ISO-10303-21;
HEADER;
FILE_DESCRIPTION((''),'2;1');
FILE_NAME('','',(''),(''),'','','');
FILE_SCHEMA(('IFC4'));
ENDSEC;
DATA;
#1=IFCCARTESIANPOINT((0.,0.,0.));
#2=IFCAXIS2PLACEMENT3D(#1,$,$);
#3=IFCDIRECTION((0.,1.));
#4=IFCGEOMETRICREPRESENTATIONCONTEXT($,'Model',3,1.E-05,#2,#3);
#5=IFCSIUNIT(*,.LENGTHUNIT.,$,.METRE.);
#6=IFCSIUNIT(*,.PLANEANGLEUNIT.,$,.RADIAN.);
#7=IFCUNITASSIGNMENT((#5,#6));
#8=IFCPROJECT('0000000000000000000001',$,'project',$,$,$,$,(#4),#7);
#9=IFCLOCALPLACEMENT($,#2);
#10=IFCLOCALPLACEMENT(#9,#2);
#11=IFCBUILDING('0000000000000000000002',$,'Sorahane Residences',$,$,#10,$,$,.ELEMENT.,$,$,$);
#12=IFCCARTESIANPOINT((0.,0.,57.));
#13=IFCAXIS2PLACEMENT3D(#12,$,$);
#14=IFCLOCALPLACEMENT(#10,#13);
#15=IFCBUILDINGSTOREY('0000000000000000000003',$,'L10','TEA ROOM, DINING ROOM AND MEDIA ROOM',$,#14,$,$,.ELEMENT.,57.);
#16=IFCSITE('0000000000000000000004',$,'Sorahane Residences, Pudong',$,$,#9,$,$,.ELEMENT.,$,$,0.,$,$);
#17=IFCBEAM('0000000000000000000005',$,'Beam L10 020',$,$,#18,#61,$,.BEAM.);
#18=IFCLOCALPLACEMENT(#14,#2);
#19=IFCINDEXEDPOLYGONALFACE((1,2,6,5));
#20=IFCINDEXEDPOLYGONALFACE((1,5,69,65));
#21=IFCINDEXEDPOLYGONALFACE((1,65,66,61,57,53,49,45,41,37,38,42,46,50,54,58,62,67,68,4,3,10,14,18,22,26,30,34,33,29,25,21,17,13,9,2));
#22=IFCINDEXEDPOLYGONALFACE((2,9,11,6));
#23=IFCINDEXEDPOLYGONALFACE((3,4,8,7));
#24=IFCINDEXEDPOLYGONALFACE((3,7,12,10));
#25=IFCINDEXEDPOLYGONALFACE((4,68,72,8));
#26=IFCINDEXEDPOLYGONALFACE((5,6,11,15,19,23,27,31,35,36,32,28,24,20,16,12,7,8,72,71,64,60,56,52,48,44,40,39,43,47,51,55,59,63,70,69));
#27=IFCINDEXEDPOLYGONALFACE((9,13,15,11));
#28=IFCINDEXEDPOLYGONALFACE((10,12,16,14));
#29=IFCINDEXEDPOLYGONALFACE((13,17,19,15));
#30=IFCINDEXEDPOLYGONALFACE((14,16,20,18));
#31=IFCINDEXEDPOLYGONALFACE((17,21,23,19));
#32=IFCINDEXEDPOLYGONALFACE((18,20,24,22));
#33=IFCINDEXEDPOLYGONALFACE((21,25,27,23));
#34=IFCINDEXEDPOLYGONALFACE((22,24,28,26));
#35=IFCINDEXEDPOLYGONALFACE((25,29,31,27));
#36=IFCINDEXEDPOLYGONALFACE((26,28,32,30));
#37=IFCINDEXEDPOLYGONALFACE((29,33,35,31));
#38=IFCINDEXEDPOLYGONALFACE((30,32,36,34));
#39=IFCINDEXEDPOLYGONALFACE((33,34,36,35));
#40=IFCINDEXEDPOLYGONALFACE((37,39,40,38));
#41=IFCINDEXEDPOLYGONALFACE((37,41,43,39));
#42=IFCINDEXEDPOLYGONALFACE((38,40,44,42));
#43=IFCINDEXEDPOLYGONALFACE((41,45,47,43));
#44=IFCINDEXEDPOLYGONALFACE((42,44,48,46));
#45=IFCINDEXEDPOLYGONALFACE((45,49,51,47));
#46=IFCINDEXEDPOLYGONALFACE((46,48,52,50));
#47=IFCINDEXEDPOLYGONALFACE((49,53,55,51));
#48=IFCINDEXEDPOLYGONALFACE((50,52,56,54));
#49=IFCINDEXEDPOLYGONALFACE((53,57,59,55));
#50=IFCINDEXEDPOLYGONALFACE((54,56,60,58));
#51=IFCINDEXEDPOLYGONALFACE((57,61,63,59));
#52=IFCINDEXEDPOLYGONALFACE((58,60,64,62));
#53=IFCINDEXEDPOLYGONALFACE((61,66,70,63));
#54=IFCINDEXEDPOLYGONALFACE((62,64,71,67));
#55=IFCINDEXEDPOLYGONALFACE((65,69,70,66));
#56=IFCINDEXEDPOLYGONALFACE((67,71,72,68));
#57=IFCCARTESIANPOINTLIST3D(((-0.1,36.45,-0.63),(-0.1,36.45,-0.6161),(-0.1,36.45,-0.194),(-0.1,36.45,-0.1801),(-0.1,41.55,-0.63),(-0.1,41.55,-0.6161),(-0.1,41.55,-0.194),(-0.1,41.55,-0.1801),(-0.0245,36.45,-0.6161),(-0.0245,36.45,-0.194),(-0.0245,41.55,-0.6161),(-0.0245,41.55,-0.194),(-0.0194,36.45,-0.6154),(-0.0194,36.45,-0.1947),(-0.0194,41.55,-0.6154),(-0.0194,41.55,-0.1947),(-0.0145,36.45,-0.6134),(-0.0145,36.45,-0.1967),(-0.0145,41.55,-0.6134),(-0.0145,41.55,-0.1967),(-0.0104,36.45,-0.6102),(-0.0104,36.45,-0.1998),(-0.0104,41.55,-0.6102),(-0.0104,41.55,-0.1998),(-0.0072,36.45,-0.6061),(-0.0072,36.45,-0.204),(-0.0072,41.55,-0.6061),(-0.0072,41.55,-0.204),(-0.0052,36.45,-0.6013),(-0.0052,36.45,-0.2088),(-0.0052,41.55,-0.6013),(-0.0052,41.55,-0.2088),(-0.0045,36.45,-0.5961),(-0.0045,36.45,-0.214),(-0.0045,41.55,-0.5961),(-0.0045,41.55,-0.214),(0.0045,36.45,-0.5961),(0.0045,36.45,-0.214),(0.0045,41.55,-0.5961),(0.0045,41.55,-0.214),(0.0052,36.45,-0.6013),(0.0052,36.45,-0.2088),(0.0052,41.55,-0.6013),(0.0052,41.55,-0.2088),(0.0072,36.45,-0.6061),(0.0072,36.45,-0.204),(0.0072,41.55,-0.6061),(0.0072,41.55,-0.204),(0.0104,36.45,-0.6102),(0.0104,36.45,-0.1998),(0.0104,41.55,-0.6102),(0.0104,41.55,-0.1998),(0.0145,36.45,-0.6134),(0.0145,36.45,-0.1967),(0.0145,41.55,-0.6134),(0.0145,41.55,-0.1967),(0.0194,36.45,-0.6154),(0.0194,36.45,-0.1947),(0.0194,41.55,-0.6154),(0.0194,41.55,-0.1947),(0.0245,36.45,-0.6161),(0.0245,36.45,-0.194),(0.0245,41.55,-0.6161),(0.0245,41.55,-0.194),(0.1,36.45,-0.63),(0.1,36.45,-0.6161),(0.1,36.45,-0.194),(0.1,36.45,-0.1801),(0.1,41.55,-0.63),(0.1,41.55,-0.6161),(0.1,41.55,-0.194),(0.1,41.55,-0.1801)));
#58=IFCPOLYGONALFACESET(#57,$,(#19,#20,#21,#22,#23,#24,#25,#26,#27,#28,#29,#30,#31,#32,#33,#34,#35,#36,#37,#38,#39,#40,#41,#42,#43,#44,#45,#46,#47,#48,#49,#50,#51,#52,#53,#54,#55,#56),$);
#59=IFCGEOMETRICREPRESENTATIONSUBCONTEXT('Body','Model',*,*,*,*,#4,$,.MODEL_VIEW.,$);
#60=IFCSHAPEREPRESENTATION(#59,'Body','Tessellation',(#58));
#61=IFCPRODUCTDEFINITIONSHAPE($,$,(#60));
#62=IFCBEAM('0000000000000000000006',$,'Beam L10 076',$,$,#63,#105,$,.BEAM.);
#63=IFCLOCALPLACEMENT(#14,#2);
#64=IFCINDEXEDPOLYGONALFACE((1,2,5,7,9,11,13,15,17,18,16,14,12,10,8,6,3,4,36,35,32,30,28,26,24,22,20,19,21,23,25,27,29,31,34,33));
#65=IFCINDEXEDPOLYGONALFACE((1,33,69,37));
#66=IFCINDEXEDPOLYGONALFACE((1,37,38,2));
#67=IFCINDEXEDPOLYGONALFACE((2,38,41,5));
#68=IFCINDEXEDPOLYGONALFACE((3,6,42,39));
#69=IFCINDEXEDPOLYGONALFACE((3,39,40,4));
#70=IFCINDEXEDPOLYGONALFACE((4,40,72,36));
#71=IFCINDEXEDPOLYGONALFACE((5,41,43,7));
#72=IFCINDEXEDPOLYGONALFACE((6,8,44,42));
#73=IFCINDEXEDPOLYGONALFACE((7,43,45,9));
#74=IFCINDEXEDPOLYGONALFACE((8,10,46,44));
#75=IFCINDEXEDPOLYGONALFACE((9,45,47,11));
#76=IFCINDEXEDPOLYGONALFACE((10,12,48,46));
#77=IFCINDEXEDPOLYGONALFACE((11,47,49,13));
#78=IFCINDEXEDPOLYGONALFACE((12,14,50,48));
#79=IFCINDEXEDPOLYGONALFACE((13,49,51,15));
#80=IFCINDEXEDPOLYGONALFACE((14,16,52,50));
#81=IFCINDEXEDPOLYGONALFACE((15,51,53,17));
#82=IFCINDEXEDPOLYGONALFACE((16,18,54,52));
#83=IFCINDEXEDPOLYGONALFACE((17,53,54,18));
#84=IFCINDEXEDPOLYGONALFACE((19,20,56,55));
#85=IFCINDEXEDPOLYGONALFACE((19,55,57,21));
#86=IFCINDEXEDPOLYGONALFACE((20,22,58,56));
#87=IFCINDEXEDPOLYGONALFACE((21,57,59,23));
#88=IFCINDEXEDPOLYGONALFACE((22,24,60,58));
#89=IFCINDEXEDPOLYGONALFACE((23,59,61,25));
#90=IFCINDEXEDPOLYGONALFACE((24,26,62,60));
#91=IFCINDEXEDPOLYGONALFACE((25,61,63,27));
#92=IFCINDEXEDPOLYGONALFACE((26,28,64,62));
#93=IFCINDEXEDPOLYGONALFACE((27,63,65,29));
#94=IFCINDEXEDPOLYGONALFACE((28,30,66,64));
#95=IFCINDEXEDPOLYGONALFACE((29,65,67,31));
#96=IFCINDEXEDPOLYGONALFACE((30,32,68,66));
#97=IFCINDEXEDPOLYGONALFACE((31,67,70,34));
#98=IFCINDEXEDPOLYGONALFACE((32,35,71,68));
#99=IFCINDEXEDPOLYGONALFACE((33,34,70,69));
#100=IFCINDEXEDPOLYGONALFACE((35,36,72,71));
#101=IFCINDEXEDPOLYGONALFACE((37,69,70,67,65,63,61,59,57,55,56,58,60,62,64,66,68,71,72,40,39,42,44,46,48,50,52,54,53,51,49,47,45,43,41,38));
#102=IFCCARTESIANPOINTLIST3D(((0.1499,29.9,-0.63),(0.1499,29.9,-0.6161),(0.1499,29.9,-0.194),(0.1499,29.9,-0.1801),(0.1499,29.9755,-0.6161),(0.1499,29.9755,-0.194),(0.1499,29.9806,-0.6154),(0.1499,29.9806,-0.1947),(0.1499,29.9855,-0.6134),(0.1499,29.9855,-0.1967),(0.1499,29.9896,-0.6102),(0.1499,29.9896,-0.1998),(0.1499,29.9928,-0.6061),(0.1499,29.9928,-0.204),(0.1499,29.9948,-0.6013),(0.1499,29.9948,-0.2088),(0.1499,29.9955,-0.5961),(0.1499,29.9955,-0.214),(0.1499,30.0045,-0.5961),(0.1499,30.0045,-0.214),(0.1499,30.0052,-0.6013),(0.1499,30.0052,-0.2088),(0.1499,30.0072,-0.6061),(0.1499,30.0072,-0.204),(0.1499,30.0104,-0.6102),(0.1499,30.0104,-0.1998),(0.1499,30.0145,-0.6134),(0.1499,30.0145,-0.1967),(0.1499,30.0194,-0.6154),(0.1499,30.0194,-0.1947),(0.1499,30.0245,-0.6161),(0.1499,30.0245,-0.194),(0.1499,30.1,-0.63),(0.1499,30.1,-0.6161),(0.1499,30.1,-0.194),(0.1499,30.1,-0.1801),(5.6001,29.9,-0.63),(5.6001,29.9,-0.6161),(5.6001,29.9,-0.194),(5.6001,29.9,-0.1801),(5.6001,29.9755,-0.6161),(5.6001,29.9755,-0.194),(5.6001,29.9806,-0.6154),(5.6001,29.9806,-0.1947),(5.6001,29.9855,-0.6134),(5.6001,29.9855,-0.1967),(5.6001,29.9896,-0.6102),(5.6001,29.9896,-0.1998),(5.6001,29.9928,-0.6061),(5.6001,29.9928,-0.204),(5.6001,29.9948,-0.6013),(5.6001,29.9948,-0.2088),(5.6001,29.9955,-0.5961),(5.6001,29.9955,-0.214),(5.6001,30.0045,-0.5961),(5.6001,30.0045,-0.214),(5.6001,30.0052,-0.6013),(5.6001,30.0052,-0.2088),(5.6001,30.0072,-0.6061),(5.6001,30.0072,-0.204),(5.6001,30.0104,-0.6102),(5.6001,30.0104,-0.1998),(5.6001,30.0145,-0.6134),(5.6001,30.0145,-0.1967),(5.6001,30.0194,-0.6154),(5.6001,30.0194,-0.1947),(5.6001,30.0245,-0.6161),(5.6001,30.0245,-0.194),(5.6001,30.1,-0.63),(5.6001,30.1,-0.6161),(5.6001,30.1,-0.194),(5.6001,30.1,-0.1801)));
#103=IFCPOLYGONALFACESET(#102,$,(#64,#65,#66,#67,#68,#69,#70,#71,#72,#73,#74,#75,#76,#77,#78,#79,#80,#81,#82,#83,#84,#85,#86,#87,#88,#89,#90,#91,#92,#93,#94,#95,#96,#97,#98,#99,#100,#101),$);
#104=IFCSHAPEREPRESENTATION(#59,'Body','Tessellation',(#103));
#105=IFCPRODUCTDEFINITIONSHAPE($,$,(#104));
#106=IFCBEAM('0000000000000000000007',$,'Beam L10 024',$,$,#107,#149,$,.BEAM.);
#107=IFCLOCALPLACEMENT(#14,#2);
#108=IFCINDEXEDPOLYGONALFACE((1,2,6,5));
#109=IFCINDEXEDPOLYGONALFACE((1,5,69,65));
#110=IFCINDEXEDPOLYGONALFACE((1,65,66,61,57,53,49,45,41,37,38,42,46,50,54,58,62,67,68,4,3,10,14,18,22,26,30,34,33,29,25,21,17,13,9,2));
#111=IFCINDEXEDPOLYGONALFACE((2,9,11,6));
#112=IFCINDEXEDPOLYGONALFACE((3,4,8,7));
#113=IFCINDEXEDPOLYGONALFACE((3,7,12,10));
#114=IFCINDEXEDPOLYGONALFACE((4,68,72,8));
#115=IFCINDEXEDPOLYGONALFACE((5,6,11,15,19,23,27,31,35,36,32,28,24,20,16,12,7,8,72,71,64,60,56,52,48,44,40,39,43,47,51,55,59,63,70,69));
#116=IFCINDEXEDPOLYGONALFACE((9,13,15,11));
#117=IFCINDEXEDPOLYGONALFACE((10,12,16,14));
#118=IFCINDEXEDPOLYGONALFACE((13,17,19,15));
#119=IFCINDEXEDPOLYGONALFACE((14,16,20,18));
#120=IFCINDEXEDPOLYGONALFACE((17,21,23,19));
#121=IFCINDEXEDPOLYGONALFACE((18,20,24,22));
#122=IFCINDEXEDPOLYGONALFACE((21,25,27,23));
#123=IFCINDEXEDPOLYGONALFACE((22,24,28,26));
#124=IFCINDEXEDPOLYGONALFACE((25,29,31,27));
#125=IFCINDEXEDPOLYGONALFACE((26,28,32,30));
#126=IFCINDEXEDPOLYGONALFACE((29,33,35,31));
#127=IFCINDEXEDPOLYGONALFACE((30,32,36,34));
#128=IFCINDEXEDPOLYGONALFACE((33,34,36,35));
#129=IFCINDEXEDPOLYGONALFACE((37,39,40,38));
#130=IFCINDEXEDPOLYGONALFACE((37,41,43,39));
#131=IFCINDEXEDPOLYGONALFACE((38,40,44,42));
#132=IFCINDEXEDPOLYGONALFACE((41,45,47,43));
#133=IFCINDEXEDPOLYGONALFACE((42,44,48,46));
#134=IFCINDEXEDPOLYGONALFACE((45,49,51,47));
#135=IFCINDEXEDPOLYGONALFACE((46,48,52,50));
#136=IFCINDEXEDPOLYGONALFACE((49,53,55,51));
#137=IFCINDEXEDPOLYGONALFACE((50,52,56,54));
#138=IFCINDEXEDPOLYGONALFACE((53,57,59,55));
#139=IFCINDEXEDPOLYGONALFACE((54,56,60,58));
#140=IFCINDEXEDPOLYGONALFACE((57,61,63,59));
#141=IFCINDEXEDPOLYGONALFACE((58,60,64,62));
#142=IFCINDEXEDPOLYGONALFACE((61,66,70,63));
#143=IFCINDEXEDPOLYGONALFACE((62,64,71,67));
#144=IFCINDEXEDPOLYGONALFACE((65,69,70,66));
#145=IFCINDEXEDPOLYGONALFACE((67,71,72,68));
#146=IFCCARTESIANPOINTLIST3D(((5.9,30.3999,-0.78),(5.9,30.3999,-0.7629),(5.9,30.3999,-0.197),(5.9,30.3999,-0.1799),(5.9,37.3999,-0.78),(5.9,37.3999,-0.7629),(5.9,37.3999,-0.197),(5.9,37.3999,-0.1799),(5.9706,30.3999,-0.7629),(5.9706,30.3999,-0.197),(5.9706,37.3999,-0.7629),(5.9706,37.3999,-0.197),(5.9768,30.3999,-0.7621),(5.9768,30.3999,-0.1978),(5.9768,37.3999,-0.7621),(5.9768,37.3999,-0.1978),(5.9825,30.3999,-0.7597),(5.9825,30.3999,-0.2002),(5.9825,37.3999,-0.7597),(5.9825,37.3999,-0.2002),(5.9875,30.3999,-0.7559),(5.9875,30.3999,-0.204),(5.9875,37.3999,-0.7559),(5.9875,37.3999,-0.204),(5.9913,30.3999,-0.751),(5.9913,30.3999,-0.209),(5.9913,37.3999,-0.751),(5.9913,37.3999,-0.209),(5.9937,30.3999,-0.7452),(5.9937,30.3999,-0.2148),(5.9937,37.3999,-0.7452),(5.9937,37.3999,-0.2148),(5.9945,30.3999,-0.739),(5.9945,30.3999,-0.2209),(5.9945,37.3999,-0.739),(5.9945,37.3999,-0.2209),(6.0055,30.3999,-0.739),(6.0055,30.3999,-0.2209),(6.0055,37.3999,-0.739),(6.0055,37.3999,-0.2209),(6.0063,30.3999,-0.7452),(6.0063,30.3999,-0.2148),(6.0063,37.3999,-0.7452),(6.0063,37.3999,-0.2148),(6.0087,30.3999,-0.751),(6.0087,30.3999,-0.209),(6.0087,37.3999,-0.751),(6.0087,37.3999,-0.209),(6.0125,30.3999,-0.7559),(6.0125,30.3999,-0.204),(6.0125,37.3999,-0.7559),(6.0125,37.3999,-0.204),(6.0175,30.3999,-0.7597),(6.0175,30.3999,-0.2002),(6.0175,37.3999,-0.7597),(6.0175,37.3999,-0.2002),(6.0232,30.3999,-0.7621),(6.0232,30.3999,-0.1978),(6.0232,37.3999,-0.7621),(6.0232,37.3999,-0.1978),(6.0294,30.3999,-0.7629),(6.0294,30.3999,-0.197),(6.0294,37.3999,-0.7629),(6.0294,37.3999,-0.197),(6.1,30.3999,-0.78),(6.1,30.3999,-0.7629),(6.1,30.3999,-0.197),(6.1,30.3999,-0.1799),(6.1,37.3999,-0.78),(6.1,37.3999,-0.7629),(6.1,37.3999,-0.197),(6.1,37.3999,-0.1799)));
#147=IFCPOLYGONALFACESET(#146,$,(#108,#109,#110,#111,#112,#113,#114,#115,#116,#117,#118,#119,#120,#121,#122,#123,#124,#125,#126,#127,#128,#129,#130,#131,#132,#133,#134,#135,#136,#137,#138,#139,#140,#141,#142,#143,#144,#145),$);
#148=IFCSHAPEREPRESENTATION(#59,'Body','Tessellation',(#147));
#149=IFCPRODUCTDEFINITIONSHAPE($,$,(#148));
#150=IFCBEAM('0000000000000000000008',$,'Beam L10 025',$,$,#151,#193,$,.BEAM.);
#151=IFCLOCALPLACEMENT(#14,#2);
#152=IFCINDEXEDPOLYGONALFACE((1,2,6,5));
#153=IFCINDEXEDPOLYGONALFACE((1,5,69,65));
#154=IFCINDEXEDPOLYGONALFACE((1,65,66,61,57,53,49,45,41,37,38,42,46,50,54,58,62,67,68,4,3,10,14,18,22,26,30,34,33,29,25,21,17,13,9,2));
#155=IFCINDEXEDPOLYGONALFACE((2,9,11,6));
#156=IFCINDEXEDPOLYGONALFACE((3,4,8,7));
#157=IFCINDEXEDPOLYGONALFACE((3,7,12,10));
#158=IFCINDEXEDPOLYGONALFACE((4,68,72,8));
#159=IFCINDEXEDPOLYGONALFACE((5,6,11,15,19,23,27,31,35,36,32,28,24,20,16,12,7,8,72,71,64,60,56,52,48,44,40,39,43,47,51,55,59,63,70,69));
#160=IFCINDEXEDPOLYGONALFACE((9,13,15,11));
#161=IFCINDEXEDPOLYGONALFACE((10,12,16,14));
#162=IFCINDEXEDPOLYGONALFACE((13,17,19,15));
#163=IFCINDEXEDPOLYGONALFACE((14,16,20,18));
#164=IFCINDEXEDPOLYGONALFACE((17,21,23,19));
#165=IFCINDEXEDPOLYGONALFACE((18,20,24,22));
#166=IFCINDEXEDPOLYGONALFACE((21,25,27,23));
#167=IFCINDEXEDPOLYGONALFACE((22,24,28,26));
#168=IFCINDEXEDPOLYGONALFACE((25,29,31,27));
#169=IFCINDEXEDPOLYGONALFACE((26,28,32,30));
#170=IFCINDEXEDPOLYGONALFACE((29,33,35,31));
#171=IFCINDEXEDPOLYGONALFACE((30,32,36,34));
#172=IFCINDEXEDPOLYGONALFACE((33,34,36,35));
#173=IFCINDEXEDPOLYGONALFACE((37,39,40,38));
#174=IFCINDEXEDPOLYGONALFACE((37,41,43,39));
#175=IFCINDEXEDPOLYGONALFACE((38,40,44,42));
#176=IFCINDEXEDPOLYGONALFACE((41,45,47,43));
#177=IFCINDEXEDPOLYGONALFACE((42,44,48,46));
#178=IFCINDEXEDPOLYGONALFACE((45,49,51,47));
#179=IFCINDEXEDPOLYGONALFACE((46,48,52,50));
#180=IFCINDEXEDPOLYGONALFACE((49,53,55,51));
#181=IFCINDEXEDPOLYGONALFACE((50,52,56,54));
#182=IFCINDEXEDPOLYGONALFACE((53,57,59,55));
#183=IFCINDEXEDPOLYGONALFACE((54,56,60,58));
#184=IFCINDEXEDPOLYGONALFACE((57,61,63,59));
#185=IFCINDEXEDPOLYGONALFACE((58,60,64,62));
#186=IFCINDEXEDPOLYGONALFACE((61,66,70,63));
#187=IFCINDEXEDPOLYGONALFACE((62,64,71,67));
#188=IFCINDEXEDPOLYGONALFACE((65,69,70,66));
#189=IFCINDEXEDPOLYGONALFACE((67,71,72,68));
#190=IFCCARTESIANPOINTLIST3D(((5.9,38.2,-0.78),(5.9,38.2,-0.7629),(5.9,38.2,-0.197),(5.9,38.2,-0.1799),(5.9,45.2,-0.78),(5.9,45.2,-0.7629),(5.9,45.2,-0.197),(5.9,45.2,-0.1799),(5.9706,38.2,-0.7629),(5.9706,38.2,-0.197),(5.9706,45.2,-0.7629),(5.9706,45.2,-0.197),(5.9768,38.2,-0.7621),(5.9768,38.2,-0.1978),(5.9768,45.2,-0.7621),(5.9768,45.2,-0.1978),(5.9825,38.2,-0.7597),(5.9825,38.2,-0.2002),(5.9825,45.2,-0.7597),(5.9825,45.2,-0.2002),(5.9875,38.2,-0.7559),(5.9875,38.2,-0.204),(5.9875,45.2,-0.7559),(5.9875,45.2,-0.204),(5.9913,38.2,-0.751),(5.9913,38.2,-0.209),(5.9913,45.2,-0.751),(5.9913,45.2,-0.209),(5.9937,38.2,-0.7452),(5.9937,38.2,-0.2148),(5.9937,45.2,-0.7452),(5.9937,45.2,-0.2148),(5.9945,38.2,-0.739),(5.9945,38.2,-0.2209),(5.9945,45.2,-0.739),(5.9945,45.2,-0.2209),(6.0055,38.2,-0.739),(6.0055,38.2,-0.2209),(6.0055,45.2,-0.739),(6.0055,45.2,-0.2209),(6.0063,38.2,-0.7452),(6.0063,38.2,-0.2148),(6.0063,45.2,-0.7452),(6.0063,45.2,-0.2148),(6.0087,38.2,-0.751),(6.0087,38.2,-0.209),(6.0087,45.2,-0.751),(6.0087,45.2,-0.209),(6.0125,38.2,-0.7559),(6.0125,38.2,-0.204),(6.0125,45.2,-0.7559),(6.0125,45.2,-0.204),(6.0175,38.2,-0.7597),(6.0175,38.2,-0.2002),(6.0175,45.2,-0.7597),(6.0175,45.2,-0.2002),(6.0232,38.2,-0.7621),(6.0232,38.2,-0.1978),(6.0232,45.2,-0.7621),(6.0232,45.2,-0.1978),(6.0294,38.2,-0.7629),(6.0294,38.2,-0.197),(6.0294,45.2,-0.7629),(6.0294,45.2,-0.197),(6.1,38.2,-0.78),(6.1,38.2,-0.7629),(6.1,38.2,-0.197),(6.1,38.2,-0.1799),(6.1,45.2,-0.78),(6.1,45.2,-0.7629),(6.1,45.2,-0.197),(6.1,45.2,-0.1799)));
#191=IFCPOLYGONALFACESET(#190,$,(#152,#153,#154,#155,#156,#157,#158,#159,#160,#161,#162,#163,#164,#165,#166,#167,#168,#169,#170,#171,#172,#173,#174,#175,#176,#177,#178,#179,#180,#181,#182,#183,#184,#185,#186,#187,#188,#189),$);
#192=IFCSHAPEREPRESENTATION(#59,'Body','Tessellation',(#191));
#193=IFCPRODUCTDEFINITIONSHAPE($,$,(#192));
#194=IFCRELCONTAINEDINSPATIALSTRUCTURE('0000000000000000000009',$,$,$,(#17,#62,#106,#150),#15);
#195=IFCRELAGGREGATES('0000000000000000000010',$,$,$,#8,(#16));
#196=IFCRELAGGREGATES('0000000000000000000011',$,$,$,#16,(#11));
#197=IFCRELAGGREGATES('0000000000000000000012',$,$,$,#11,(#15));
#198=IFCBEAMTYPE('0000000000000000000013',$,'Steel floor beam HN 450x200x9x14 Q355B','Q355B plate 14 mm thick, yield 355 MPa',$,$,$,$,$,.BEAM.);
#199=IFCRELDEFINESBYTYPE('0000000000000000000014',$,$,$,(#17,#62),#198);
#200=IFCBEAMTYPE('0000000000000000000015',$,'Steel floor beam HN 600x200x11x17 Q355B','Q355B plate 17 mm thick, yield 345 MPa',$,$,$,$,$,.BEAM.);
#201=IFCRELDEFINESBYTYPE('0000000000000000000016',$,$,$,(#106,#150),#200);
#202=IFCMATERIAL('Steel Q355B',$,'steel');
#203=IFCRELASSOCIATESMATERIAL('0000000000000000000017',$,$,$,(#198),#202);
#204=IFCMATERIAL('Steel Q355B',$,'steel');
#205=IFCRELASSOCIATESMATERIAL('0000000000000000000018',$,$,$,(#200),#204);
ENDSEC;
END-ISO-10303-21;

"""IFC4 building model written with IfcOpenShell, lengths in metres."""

from ifc_helpers import new_model, si_unit, direction, frame, origin, origin_2d, place, context, subcontext, project, spatial, i_section, extrude, material, material_profile, profile_set, type_object, element, save


model = new_model("IFC4")

# Units and contexts
model_context = context("Model", 3, precision=1e-05, world=origin(), true_north=direction((0.0, 1.0)))
body_context = subcontext(model_context, "Body", "Model", "MODEL_VIEW")
ifc_project = project(units=[si_unit("LENGTHUNIT", "METRE"), si_unit("PLANEANGLEUNIT", "RADIAN")], contexts=[model_context])

# Site, building, storey
site_placement = place(None, origin())
site = spatial("IfcSite", under=ifc_project, at=site_placement, Name="Sorahane Residences, Pudong", CompositionType="ELEMENT", RefElevation=0.0)
building_placement = place(site_placement, origin())
building = spatial("IfcBuilding", under=site, at=building_placement, Name="Sorahane Residences", CompositionType="ELEMENT")
storey_placement = place(building_placement, frame((0.0, 0.0, 57.0)))
storey = spatial("IfcBuildingStorey", under=building, at=storey_placement, Name="L10", Description="TEA ROOM, DINING ROOM AND MEDIA ROOM", CompositionType="ELEMENT", Elevation=57.0)

# Beams
ifc_material_1 = material(Name="Steel Q355B", Category="steel")
ifc_material_profile_1 = material_profile(ifc_material_1, i_section(OverallWidth=0.2, OverallDepth=0.45, WebThickness=0.009, FlangeThickness=0.0139, FilletRadius=0.02, at=origin_2d()), Name="HN 450x200x9x14")
ifc_profile_set_1 = profile_set([ifc_material_profile_1], Name="Steel Q355B")
beam_type_1 = type_object("IfcBeamType", Name="Steel floor beam HN 450x200x9x14 Q355B", Description="Q355B plate 14 mm thick, yield 355 MPa", PredefinedType="BEAM", material=ifc_profile_set_1)
beam_1_placement = place(storey_placement, frame((0.0, 36.45, -0.405), z_axis=(0.0, 1.0, 0.0), x_axis=(-1.0, 0.0, 0.0)))
element("IfcBeam", 1, at=beam_1_placement, inside=storey, type_object=beam_type_1, Name="Beam L10 020", PredefinedType="BEAM", context=body_context, shape_type="SweptSolid", body=[
    extrude(i_section(OverallWidth=0.2, OverallDepth=0.45, WebThickness=0.009, FlangeThickness=0.0139, FilletRadius=0.02, at=origin_2d()), origin(), (0.0, 0.0, 1.0), 5.1001),
])
beam_2_placement = place(storey_placement, frame((0.1499, 30.0, -0.405), z_axis=(1.0, 0.0, 0.0), x_axis=(0.0, 1.0, 0.0)))
element("IfcBeam", 2, at=beam_2_placement, inside=storey, type_object=beam_type_1, Name="Beam L10 076", PredefinedType="BEAM", context=body_context, shape_type="SweptSolid", body=[
    extrude(i_section(OverallWidth=0.2, OverallDepth=0.45, WebThickness=0.009, FlangeThickness=0.0139, FilletRadius=0.02, at=origin_2d()), origin(), (0.0, 0.0, 1.0), 5.4502),
])
ifc_material_2 = material(Name="Steel Q355B", Category="steel")
ifc_material_profile_2 = material_profile(ifc_material_2, i_section(OverallWidth=0.2, OverallDepth=0.6001, WebThickness=0.011, FlangeThickness=0.0171, FilletRadius=0.0239, at=origin_2d()), Name="HN 600x200x11x17")
ifc_profile_set_2 = profile_set([ifc_material_profile_2], Name="Steel Q355B")
beam_type_2 = type_object("IfcBeamType", Name="Steel floor beam HN 600x200x11x17 Q355B", Description="Q355B plate 17 mm thick, yield 345 MPa", PredefinedType="BEAM", material=ifc_profile_set_2)
for number, where, z_axis, x_axis, name in (
    (3, (6.0, 30.3999, -0.48), (0.0, 1.0, 0.0), (-1.0, 0.0, 0.0), "Beam L10 024"),
    (4, (6.0, 38.2, -0.48), (0.0, 1.0, 0.0), (-1.0, 0.0, 0.0), "Beam L10 025"),
):
    element("IfcBeam", number, at=place(storey_placement, frame(where, z_axis=z_axis, x_axis=x_axis)), inside=storey, type_object=beam_type_2, Name=name, PredefinedType="BEAM", context=body_context, shape_type="SweptSolid", body=[
        extrude(i_section(OverallWidth=0.2, OverallDepth=0.6001, WebThickness=0.011, FlangeThickness=0.0171, FilletRadius=0.0239, at=origin_2d()), origin(), (0.0, 0.0, 1.0), 7.0),
    ])

save(model, "model.ifc")
